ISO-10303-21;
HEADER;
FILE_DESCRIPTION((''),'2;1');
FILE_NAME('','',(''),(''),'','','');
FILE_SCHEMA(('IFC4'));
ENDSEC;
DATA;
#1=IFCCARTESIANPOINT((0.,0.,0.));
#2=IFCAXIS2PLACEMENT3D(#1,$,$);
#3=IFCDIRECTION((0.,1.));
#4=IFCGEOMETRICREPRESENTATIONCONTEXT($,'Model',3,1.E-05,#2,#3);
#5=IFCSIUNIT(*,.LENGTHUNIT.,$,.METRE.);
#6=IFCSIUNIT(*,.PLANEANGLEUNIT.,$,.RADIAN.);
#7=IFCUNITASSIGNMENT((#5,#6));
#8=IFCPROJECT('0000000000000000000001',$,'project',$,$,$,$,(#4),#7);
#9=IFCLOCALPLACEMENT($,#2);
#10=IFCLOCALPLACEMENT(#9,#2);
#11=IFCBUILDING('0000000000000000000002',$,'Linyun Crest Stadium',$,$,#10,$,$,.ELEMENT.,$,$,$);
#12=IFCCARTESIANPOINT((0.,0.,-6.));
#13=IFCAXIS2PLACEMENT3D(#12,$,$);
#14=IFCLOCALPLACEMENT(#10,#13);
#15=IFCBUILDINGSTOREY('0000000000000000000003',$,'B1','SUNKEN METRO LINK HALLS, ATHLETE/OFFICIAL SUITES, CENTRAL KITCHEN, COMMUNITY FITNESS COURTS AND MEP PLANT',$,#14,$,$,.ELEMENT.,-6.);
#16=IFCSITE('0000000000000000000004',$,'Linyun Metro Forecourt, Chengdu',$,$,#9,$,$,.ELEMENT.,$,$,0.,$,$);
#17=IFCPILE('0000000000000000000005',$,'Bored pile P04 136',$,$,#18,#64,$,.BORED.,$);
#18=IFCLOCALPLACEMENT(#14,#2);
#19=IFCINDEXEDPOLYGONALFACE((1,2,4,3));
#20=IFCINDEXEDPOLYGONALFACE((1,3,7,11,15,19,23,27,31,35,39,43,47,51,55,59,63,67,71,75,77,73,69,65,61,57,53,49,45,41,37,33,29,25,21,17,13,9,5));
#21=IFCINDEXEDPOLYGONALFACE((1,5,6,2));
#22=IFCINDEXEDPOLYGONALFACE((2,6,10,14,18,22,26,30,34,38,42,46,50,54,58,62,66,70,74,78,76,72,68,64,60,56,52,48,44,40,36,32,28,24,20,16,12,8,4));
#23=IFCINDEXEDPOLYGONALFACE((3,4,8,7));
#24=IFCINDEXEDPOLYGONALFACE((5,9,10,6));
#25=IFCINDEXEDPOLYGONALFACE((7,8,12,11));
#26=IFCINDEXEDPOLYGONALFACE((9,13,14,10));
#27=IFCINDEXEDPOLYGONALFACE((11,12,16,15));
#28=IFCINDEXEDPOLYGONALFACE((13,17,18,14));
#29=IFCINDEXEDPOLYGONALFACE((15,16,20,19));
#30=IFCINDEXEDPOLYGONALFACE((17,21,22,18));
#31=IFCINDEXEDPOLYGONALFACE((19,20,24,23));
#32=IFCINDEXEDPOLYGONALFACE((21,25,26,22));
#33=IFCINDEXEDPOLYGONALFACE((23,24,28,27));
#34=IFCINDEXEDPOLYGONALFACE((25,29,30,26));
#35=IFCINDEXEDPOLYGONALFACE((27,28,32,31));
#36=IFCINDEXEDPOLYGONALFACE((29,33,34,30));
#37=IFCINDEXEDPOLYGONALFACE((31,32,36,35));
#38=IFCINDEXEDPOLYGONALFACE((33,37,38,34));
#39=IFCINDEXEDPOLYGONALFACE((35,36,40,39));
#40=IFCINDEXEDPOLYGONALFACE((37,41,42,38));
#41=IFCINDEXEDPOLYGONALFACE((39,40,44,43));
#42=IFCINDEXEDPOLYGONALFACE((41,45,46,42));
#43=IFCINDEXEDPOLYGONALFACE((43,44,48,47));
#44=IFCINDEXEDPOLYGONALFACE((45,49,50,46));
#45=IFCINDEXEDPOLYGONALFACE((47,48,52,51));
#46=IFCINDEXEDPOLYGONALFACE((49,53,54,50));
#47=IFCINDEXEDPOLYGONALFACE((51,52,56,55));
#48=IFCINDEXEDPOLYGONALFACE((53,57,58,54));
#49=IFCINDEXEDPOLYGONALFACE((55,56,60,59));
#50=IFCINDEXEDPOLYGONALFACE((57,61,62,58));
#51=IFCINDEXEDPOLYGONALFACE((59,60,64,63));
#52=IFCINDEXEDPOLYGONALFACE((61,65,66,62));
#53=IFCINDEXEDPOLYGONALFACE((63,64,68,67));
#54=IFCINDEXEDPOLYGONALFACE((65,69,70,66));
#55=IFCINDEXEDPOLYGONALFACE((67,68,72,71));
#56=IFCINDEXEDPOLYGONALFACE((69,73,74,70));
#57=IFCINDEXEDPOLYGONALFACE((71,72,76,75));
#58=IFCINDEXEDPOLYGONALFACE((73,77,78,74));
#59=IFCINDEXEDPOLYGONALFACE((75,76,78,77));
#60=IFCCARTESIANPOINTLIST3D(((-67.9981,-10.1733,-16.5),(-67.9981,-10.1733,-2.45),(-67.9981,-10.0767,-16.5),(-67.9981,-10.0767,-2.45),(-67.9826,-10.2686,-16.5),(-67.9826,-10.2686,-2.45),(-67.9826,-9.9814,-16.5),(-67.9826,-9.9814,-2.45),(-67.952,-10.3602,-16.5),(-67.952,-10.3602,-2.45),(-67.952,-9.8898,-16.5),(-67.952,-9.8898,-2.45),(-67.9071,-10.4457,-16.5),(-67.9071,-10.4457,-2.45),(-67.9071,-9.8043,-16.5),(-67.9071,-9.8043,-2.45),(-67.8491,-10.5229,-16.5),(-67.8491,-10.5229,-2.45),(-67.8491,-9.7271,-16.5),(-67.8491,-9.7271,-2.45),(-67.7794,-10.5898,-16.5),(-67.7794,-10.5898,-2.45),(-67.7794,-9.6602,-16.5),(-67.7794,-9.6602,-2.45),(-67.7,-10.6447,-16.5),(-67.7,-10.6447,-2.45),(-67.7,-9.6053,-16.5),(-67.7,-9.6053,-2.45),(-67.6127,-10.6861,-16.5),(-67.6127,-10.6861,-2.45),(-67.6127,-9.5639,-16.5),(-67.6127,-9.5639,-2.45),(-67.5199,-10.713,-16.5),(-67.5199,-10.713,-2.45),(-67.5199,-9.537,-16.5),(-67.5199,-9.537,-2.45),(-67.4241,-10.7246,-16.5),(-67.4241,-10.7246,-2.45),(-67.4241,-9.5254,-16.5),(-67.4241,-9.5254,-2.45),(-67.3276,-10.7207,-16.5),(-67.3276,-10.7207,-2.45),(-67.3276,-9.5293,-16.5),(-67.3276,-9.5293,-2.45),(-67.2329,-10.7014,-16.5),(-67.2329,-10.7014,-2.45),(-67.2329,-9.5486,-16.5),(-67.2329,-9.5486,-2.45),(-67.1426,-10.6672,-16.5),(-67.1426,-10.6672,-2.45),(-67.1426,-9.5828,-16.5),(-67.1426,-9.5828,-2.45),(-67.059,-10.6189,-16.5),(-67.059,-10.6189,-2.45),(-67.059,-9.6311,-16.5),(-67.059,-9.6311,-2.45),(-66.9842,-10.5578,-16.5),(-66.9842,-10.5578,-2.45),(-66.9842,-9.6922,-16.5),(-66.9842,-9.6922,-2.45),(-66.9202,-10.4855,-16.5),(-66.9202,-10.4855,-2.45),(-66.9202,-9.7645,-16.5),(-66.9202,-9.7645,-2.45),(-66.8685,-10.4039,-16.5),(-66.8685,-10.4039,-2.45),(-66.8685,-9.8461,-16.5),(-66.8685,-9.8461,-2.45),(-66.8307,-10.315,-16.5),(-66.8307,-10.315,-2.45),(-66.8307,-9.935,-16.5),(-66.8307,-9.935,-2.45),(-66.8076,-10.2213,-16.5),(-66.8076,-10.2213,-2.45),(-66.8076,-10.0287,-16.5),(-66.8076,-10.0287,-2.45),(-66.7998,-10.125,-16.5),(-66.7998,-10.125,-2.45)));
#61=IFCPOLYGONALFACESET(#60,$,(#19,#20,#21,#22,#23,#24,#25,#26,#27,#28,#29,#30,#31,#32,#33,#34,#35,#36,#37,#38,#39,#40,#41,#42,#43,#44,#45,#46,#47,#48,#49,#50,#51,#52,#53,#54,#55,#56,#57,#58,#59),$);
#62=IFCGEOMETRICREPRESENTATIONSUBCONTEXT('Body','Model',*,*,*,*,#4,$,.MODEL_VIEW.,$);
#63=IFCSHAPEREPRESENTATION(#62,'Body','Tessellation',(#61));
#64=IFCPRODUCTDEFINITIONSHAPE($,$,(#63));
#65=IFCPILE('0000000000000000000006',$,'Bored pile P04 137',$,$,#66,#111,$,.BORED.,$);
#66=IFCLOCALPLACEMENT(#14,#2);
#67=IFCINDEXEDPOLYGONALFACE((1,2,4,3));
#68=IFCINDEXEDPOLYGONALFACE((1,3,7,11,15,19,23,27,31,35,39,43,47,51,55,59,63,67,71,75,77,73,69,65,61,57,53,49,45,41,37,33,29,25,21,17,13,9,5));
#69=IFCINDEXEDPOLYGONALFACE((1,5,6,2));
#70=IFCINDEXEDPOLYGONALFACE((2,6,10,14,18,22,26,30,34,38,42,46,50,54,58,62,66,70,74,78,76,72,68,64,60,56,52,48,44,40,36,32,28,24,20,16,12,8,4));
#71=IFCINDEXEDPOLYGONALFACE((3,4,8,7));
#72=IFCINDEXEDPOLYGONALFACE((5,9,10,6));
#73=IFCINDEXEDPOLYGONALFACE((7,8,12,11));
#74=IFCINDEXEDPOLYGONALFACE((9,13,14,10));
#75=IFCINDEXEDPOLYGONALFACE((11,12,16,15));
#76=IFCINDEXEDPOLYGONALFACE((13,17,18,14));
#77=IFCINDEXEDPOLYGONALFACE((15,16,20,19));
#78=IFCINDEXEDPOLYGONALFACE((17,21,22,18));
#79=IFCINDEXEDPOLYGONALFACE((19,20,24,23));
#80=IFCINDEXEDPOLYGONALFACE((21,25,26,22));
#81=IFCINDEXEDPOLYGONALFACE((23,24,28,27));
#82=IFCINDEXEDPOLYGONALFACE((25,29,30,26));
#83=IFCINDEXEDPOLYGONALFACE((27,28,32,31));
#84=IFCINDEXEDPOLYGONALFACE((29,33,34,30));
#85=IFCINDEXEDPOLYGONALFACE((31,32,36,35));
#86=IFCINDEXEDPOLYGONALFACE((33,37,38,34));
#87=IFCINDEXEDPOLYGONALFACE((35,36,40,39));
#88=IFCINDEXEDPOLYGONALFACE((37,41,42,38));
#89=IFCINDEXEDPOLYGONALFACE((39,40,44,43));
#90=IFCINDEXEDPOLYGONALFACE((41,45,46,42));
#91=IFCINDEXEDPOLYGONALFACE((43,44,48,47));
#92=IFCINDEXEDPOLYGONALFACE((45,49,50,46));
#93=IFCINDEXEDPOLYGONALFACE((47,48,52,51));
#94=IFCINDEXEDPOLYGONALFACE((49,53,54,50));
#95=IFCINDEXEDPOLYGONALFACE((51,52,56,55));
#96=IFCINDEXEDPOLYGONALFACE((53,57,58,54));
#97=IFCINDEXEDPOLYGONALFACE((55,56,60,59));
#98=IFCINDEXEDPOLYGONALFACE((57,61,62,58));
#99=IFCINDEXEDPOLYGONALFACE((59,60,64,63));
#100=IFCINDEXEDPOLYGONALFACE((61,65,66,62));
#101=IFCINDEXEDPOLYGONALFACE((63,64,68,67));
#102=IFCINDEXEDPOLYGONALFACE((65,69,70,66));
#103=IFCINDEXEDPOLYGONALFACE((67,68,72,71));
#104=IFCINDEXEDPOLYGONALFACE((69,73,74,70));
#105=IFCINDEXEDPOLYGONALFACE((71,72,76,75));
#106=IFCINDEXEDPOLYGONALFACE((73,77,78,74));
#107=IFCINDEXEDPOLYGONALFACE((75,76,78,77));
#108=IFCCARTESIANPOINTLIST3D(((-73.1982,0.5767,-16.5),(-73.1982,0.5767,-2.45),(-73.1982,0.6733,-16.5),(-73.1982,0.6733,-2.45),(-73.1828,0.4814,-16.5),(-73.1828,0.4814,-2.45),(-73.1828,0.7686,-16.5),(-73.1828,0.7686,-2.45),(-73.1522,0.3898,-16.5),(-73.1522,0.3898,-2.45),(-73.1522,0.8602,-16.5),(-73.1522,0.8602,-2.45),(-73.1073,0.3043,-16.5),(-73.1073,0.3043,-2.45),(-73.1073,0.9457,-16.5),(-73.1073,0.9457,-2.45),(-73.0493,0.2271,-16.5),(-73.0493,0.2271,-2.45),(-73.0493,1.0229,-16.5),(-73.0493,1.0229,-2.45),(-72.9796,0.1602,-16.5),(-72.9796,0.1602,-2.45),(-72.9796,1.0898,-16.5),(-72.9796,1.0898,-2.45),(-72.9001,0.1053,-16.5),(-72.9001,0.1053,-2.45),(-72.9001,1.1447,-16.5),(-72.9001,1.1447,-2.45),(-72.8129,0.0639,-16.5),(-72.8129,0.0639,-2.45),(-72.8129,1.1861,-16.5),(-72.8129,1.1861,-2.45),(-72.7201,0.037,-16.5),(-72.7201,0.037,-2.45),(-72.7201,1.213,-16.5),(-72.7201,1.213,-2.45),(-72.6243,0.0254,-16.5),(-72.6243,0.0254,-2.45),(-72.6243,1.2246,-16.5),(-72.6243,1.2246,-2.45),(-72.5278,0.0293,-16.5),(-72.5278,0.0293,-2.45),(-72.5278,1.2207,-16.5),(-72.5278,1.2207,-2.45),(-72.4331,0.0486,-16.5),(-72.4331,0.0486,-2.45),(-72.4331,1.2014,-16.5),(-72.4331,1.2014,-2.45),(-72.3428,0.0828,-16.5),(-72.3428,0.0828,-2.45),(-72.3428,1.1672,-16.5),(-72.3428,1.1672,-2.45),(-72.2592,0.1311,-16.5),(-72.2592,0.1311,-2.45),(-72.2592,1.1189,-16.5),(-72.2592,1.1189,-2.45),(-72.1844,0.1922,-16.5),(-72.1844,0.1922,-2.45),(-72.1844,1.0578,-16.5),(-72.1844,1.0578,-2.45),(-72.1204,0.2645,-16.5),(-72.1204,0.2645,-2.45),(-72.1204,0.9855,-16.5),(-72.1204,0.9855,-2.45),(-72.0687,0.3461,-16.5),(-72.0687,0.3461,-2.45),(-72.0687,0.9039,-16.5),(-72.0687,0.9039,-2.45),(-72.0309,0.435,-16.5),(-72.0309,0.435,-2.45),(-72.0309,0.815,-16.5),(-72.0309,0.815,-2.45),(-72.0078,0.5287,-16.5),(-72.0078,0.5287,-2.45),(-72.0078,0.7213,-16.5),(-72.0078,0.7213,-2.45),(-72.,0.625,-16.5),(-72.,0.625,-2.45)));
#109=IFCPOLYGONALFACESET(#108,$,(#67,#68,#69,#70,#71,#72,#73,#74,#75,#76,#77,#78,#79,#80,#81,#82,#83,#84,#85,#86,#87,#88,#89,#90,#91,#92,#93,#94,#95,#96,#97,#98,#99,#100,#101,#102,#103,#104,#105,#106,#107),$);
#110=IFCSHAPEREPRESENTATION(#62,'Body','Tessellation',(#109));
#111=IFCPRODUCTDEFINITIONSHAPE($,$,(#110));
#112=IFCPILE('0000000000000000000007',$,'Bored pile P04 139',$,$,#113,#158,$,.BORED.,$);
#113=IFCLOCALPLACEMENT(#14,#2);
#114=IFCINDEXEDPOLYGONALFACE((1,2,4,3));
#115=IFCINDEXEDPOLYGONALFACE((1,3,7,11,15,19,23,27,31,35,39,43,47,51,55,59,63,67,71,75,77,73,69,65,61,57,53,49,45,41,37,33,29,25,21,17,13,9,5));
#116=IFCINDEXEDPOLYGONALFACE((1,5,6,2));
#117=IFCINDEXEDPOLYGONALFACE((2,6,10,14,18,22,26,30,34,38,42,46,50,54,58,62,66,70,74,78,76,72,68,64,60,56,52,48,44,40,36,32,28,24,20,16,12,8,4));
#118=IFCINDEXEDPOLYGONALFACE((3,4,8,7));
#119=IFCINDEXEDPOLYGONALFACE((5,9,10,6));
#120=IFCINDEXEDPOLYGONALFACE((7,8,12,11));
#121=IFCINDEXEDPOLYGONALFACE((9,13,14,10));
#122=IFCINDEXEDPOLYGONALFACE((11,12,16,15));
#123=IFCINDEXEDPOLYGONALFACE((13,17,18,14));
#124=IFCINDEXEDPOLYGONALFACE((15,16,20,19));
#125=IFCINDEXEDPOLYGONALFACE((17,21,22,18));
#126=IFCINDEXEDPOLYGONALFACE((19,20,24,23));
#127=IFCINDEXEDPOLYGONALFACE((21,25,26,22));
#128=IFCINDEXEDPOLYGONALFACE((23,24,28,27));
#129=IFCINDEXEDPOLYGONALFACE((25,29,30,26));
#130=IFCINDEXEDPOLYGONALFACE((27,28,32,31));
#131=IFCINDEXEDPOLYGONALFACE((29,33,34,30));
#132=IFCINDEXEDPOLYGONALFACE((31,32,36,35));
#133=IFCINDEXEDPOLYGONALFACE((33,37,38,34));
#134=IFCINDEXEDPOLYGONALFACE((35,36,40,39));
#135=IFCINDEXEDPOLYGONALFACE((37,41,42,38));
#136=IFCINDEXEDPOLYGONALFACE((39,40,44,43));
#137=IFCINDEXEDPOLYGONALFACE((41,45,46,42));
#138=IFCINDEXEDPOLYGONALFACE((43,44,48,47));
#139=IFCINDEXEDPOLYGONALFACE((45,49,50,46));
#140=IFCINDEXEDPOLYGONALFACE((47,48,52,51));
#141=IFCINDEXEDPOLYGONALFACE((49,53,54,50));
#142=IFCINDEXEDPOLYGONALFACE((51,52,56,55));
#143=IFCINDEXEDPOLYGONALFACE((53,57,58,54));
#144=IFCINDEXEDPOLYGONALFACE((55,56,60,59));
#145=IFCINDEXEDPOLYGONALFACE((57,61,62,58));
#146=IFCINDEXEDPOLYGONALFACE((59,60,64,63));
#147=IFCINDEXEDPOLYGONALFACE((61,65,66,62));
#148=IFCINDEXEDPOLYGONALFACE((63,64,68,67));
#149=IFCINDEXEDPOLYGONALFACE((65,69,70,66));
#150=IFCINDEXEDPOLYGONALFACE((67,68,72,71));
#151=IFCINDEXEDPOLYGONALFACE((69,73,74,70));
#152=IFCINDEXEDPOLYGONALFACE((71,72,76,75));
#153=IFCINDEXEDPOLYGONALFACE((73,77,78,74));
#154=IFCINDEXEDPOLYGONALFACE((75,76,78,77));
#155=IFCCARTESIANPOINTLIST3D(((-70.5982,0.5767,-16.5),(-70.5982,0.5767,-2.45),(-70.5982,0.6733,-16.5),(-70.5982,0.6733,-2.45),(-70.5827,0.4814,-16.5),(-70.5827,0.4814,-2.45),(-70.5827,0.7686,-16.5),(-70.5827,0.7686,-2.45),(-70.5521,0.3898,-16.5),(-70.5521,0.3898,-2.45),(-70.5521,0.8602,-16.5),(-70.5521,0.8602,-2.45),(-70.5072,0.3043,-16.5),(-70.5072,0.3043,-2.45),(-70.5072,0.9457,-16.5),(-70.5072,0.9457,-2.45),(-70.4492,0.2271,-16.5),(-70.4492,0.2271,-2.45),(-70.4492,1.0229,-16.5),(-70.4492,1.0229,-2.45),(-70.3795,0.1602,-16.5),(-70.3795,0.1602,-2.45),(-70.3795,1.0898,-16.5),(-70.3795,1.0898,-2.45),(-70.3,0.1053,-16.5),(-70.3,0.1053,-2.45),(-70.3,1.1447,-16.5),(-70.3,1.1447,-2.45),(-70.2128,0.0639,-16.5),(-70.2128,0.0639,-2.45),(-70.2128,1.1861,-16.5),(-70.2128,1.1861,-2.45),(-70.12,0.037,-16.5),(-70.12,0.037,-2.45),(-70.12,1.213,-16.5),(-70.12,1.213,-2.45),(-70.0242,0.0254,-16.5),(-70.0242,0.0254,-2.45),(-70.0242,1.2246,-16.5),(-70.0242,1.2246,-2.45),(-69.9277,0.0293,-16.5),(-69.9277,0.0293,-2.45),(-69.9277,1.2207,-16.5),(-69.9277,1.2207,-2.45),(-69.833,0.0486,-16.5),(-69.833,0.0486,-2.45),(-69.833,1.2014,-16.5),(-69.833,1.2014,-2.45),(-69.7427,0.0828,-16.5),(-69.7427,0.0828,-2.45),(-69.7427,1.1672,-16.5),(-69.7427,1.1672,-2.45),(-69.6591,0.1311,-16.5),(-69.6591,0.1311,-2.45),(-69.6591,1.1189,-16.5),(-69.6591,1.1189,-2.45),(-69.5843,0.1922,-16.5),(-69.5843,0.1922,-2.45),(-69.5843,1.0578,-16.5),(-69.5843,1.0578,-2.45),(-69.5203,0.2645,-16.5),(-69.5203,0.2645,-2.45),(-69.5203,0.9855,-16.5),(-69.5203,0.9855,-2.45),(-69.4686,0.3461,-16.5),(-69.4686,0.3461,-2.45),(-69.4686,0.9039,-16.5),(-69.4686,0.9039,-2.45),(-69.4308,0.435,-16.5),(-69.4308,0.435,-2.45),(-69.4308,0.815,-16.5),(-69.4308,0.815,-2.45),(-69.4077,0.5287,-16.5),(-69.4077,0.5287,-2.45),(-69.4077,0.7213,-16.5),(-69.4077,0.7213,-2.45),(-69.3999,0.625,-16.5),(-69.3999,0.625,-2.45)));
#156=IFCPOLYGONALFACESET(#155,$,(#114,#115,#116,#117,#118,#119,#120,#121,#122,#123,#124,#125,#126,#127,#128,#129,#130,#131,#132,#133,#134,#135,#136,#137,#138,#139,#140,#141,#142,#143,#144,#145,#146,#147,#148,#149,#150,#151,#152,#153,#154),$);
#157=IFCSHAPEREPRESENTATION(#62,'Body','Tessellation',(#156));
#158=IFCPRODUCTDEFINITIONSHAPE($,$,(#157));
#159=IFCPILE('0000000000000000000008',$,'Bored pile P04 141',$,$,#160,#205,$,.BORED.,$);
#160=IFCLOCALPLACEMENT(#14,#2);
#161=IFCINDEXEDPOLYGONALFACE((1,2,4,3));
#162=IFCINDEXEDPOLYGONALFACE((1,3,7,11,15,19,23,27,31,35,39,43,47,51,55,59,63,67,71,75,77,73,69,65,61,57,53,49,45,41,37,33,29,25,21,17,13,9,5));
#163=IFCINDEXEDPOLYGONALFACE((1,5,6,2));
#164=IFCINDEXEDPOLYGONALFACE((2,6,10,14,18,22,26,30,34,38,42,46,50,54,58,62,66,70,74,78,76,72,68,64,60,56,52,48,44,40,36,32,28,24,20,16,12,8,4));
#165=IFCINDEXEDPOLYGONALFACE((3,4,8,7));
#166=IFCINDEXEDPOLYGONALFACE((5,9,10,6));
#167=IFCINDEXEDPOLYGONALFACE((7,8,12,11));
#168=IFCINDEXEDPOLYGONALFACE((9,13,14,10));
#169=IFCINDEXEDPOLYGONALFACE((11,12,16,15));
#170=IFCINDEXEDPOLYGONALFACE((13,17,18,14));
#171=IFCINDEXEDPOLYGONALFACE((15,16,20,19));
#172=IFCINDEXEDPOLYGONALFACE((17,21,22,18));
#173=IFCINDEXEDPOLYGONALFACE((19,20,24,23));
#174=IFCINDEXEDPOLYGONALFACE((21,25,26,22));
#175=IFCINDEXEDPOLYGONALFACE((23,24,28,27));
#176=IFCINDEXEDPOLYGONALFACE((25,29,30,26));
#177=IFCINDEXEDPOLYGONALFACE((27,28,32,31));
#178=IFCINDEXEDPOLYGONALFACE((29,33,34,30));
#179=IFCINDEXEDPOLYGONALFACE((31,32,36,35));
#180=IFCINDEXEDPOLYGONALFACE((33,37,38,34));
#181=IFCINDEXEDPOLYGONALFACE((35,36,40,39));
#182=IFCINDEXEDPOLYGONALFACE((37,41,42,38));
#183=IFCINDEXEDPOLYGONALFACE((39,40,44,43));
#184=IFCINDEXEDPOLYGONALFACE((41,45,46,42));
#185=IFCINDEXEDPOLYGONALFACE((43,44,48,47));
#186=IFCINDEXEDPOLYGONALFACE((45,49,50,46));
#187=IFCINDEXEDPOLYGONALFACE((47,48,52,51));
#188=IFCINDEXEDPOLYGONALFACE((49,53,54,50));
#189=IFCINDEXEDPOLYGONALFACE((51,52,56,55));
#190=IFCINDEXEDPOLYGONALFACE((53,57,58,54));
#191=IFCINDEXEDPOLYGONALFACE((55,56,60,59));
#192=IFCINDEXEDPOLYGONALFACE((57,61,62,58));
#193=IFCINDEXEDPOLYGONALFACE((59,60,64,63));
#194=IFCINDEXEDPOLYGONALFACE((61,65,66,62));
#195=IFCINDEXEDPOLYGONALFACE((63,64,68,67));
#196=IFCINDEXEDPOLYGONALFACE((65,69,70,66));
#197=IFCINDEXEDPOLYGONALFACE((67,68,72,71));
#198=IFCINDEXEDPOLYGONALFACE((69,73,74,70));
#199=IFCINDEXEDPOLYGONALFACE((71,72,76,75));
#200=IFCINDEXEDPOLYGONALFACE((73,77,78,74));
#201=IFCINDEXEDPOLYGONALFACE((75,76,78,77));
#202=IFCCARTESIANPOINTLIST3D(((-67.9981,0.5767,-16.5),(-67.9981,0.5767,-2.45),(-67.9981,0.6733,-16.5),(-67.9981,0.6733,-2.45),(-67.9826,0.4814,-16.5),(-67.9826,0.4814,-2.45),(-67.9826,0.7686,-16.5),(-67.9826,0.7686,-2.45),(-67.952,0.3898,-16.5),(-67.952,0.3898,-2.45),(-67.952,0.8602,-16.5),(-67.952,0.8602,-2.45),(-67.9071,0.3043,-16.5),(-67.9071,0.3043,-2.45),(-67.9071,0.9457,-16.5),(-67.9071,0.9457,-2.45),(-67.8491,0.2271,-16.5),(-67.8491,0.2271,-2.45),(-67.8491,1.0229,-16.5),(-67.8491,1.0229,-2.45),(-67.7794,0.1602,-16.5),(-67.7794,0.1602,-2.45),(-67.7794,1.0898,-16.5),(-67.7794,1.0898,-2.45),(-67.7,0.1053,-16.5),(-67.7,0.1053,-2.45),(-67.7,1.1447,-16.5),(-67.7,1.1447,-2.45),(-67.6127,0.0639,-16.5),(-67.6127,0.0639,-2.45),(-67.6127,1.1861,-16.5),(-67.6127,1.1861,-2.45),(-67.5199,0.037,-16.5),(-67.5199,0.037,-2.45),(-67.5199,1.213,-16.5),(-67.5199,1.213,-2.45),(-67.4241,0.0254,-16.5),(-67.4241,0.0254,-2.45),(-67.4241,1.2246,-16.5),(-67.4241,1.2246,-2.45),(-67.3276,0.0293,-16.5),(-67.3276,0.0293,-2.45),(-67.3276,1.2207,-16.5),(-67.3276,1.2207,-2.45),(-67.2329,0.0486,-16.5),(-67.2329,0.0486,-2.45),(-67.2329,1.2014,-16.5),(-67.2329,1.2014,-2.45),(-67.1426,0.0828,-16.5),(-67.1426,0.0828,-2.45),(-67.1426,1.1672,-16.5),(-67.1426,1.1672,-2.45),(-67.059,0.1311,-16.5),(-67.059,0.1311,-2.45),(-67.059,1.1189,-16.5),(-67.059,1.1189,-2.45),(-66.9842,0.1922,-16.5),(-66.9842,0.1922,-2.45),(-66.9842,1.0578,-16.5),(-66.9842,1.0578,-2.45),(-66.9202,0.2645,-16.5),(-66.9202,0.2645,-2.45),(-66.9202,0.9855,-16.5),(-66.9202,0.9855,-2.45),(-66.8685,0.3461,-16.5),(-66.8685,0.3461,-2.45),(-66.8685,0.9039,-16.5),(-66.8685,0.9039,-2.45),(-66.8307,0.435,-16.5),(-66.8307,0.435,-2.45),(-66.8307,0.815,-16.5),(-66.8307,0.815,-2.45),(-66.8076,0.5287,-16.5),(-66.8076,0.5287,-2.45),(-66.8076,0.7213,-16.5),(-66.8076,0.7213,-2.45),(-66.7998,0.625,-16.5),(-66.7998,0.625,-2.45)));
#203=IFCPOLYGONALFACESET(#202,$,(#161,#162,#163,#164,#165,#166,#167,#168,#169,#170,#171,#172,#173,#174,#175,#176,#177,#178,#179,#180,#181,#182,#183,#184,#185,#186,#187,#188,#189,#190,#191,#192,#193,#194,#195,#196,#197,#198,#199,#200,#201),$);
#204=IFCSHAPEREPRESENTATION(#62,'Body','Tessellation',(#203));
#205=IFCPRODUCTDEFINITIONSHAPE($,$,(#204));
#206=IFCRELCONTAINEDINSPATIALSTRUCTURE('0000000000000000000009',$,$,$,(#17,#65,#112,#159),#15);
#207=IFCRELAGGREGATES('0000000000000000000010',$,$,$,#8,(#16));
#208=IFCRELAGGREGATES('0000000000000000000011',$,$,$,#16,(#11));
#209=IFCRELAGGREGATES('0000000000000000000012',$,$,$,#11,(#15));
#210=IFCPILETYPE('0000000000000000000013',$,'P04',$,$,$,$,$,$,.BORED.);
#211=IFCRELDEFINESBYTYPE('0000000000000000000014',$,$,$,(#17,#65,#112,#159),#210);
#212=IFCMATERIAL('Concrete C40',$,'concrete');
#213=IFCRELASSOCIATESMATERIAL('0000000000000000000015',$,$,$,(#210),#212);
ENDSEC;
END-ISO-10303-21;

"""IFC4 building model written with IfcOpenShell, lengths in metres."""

from ifc_helpers import new_model, si_unit, direction, frame, origin, origin_2d, place, context, subcontext, project, spatial, circle, extrude, material, material_profile, profile_set, type_object, element, save


model = new_model("IFC4")

# Units and contexts
model_context = context("Model", 3, precision=1e-05, world=origin(), true_north=direction((0.0, 1.0)))
body_context = subcontext(model_context, "Body", "Model", "MODEL_VIEW")
ifc_project = project(units=[si_unit("LENGTHUNIT", "METRE"), si_unit("PLANEANGLEUNIT", "RADIAN")], contexts=[model_context])

# Site, building, storey
site_placement = place(None, origin())
site = spatial("IfcSite", under=ifc_project, at=site_placement, Name="Linyun Metro Forecourt, Chengdu", CompositionType="ELEMENT", RefElevation=0.0)
building_placement = place(site_placement, origin())
building = spatial("IfcBuilding", under=site, at=building_placement, Name="Linyun Crest Stadium", CompositionType="ELEMENT")
storey_placement = place(building_placement, frame((0.0, 0.0, -6.0)))
storey = spatial("IfcBuildingStorey", under=building, at=storey_placement, Name="B1", Description="SUNKEN METRO LINK HALLS, ATHLETE/OFFICIAL SUITES, CENTRAL KITCHEN, COMMUNITY FITNESS COURTS AND MEP PLANT", CompositionType="ELEMENT", Elevation=-6.0)

# Piles
ifc_material_1 = material(Name="Concrete C40", Category="concrete")
ifc_material_profile_1 = material_profile(ifc_material_1, circle(Radius=0.6001, at=origin_2d()), Name="BORED PILE 1200")
ifc_profile_set_1 = profile_set([ifc_material_profile_1], Name="Concrete C40")
pile_type_1 = type_object("IfcPileType", Name="P04", PredefinedType="BORED", material=ifc_profile_set_1)
for number, where, z_axis, x_axis, name in (
    (1, (-67.3999, -10.125, -2.45), (0.0, 0.0, -1.0), (1.0, 0.0, 0.0), "Bored pile P04 136"),
    (2, (-72.6001, 0.625, -2.45), (0.0, 0.0, -1.0), (1.0, 0.0, 0.0), "Bored pile P04 137"),
    (3, (-70.0, 0.625, -2.45), (0.0, 0.0, -1.0), (1.0, 0.0, 0.0), "Bored pile P04 139"),
    (4, (-67.3999, 0.625, -2.45), (0.0, 0.0, -1.0), (1.0, 0.0, 0.0), "Bored pile P04 141"),
):
    element("IfcPile", number, at=place(storey_placement, frame(where, z_axis=z_axis, x_axis=x_axis)), inside=storey, type_object=pile_type_1, Name=name, PredefinedType="BORED", context=body_context, shape_type="SweptSolid", body=[
        extrude(circle(Radius=0.6001, at=origin_2d()), origin(), (0.0, 0.0, 1.0), 14.05),
    ])

save(model, "model.ifc")
